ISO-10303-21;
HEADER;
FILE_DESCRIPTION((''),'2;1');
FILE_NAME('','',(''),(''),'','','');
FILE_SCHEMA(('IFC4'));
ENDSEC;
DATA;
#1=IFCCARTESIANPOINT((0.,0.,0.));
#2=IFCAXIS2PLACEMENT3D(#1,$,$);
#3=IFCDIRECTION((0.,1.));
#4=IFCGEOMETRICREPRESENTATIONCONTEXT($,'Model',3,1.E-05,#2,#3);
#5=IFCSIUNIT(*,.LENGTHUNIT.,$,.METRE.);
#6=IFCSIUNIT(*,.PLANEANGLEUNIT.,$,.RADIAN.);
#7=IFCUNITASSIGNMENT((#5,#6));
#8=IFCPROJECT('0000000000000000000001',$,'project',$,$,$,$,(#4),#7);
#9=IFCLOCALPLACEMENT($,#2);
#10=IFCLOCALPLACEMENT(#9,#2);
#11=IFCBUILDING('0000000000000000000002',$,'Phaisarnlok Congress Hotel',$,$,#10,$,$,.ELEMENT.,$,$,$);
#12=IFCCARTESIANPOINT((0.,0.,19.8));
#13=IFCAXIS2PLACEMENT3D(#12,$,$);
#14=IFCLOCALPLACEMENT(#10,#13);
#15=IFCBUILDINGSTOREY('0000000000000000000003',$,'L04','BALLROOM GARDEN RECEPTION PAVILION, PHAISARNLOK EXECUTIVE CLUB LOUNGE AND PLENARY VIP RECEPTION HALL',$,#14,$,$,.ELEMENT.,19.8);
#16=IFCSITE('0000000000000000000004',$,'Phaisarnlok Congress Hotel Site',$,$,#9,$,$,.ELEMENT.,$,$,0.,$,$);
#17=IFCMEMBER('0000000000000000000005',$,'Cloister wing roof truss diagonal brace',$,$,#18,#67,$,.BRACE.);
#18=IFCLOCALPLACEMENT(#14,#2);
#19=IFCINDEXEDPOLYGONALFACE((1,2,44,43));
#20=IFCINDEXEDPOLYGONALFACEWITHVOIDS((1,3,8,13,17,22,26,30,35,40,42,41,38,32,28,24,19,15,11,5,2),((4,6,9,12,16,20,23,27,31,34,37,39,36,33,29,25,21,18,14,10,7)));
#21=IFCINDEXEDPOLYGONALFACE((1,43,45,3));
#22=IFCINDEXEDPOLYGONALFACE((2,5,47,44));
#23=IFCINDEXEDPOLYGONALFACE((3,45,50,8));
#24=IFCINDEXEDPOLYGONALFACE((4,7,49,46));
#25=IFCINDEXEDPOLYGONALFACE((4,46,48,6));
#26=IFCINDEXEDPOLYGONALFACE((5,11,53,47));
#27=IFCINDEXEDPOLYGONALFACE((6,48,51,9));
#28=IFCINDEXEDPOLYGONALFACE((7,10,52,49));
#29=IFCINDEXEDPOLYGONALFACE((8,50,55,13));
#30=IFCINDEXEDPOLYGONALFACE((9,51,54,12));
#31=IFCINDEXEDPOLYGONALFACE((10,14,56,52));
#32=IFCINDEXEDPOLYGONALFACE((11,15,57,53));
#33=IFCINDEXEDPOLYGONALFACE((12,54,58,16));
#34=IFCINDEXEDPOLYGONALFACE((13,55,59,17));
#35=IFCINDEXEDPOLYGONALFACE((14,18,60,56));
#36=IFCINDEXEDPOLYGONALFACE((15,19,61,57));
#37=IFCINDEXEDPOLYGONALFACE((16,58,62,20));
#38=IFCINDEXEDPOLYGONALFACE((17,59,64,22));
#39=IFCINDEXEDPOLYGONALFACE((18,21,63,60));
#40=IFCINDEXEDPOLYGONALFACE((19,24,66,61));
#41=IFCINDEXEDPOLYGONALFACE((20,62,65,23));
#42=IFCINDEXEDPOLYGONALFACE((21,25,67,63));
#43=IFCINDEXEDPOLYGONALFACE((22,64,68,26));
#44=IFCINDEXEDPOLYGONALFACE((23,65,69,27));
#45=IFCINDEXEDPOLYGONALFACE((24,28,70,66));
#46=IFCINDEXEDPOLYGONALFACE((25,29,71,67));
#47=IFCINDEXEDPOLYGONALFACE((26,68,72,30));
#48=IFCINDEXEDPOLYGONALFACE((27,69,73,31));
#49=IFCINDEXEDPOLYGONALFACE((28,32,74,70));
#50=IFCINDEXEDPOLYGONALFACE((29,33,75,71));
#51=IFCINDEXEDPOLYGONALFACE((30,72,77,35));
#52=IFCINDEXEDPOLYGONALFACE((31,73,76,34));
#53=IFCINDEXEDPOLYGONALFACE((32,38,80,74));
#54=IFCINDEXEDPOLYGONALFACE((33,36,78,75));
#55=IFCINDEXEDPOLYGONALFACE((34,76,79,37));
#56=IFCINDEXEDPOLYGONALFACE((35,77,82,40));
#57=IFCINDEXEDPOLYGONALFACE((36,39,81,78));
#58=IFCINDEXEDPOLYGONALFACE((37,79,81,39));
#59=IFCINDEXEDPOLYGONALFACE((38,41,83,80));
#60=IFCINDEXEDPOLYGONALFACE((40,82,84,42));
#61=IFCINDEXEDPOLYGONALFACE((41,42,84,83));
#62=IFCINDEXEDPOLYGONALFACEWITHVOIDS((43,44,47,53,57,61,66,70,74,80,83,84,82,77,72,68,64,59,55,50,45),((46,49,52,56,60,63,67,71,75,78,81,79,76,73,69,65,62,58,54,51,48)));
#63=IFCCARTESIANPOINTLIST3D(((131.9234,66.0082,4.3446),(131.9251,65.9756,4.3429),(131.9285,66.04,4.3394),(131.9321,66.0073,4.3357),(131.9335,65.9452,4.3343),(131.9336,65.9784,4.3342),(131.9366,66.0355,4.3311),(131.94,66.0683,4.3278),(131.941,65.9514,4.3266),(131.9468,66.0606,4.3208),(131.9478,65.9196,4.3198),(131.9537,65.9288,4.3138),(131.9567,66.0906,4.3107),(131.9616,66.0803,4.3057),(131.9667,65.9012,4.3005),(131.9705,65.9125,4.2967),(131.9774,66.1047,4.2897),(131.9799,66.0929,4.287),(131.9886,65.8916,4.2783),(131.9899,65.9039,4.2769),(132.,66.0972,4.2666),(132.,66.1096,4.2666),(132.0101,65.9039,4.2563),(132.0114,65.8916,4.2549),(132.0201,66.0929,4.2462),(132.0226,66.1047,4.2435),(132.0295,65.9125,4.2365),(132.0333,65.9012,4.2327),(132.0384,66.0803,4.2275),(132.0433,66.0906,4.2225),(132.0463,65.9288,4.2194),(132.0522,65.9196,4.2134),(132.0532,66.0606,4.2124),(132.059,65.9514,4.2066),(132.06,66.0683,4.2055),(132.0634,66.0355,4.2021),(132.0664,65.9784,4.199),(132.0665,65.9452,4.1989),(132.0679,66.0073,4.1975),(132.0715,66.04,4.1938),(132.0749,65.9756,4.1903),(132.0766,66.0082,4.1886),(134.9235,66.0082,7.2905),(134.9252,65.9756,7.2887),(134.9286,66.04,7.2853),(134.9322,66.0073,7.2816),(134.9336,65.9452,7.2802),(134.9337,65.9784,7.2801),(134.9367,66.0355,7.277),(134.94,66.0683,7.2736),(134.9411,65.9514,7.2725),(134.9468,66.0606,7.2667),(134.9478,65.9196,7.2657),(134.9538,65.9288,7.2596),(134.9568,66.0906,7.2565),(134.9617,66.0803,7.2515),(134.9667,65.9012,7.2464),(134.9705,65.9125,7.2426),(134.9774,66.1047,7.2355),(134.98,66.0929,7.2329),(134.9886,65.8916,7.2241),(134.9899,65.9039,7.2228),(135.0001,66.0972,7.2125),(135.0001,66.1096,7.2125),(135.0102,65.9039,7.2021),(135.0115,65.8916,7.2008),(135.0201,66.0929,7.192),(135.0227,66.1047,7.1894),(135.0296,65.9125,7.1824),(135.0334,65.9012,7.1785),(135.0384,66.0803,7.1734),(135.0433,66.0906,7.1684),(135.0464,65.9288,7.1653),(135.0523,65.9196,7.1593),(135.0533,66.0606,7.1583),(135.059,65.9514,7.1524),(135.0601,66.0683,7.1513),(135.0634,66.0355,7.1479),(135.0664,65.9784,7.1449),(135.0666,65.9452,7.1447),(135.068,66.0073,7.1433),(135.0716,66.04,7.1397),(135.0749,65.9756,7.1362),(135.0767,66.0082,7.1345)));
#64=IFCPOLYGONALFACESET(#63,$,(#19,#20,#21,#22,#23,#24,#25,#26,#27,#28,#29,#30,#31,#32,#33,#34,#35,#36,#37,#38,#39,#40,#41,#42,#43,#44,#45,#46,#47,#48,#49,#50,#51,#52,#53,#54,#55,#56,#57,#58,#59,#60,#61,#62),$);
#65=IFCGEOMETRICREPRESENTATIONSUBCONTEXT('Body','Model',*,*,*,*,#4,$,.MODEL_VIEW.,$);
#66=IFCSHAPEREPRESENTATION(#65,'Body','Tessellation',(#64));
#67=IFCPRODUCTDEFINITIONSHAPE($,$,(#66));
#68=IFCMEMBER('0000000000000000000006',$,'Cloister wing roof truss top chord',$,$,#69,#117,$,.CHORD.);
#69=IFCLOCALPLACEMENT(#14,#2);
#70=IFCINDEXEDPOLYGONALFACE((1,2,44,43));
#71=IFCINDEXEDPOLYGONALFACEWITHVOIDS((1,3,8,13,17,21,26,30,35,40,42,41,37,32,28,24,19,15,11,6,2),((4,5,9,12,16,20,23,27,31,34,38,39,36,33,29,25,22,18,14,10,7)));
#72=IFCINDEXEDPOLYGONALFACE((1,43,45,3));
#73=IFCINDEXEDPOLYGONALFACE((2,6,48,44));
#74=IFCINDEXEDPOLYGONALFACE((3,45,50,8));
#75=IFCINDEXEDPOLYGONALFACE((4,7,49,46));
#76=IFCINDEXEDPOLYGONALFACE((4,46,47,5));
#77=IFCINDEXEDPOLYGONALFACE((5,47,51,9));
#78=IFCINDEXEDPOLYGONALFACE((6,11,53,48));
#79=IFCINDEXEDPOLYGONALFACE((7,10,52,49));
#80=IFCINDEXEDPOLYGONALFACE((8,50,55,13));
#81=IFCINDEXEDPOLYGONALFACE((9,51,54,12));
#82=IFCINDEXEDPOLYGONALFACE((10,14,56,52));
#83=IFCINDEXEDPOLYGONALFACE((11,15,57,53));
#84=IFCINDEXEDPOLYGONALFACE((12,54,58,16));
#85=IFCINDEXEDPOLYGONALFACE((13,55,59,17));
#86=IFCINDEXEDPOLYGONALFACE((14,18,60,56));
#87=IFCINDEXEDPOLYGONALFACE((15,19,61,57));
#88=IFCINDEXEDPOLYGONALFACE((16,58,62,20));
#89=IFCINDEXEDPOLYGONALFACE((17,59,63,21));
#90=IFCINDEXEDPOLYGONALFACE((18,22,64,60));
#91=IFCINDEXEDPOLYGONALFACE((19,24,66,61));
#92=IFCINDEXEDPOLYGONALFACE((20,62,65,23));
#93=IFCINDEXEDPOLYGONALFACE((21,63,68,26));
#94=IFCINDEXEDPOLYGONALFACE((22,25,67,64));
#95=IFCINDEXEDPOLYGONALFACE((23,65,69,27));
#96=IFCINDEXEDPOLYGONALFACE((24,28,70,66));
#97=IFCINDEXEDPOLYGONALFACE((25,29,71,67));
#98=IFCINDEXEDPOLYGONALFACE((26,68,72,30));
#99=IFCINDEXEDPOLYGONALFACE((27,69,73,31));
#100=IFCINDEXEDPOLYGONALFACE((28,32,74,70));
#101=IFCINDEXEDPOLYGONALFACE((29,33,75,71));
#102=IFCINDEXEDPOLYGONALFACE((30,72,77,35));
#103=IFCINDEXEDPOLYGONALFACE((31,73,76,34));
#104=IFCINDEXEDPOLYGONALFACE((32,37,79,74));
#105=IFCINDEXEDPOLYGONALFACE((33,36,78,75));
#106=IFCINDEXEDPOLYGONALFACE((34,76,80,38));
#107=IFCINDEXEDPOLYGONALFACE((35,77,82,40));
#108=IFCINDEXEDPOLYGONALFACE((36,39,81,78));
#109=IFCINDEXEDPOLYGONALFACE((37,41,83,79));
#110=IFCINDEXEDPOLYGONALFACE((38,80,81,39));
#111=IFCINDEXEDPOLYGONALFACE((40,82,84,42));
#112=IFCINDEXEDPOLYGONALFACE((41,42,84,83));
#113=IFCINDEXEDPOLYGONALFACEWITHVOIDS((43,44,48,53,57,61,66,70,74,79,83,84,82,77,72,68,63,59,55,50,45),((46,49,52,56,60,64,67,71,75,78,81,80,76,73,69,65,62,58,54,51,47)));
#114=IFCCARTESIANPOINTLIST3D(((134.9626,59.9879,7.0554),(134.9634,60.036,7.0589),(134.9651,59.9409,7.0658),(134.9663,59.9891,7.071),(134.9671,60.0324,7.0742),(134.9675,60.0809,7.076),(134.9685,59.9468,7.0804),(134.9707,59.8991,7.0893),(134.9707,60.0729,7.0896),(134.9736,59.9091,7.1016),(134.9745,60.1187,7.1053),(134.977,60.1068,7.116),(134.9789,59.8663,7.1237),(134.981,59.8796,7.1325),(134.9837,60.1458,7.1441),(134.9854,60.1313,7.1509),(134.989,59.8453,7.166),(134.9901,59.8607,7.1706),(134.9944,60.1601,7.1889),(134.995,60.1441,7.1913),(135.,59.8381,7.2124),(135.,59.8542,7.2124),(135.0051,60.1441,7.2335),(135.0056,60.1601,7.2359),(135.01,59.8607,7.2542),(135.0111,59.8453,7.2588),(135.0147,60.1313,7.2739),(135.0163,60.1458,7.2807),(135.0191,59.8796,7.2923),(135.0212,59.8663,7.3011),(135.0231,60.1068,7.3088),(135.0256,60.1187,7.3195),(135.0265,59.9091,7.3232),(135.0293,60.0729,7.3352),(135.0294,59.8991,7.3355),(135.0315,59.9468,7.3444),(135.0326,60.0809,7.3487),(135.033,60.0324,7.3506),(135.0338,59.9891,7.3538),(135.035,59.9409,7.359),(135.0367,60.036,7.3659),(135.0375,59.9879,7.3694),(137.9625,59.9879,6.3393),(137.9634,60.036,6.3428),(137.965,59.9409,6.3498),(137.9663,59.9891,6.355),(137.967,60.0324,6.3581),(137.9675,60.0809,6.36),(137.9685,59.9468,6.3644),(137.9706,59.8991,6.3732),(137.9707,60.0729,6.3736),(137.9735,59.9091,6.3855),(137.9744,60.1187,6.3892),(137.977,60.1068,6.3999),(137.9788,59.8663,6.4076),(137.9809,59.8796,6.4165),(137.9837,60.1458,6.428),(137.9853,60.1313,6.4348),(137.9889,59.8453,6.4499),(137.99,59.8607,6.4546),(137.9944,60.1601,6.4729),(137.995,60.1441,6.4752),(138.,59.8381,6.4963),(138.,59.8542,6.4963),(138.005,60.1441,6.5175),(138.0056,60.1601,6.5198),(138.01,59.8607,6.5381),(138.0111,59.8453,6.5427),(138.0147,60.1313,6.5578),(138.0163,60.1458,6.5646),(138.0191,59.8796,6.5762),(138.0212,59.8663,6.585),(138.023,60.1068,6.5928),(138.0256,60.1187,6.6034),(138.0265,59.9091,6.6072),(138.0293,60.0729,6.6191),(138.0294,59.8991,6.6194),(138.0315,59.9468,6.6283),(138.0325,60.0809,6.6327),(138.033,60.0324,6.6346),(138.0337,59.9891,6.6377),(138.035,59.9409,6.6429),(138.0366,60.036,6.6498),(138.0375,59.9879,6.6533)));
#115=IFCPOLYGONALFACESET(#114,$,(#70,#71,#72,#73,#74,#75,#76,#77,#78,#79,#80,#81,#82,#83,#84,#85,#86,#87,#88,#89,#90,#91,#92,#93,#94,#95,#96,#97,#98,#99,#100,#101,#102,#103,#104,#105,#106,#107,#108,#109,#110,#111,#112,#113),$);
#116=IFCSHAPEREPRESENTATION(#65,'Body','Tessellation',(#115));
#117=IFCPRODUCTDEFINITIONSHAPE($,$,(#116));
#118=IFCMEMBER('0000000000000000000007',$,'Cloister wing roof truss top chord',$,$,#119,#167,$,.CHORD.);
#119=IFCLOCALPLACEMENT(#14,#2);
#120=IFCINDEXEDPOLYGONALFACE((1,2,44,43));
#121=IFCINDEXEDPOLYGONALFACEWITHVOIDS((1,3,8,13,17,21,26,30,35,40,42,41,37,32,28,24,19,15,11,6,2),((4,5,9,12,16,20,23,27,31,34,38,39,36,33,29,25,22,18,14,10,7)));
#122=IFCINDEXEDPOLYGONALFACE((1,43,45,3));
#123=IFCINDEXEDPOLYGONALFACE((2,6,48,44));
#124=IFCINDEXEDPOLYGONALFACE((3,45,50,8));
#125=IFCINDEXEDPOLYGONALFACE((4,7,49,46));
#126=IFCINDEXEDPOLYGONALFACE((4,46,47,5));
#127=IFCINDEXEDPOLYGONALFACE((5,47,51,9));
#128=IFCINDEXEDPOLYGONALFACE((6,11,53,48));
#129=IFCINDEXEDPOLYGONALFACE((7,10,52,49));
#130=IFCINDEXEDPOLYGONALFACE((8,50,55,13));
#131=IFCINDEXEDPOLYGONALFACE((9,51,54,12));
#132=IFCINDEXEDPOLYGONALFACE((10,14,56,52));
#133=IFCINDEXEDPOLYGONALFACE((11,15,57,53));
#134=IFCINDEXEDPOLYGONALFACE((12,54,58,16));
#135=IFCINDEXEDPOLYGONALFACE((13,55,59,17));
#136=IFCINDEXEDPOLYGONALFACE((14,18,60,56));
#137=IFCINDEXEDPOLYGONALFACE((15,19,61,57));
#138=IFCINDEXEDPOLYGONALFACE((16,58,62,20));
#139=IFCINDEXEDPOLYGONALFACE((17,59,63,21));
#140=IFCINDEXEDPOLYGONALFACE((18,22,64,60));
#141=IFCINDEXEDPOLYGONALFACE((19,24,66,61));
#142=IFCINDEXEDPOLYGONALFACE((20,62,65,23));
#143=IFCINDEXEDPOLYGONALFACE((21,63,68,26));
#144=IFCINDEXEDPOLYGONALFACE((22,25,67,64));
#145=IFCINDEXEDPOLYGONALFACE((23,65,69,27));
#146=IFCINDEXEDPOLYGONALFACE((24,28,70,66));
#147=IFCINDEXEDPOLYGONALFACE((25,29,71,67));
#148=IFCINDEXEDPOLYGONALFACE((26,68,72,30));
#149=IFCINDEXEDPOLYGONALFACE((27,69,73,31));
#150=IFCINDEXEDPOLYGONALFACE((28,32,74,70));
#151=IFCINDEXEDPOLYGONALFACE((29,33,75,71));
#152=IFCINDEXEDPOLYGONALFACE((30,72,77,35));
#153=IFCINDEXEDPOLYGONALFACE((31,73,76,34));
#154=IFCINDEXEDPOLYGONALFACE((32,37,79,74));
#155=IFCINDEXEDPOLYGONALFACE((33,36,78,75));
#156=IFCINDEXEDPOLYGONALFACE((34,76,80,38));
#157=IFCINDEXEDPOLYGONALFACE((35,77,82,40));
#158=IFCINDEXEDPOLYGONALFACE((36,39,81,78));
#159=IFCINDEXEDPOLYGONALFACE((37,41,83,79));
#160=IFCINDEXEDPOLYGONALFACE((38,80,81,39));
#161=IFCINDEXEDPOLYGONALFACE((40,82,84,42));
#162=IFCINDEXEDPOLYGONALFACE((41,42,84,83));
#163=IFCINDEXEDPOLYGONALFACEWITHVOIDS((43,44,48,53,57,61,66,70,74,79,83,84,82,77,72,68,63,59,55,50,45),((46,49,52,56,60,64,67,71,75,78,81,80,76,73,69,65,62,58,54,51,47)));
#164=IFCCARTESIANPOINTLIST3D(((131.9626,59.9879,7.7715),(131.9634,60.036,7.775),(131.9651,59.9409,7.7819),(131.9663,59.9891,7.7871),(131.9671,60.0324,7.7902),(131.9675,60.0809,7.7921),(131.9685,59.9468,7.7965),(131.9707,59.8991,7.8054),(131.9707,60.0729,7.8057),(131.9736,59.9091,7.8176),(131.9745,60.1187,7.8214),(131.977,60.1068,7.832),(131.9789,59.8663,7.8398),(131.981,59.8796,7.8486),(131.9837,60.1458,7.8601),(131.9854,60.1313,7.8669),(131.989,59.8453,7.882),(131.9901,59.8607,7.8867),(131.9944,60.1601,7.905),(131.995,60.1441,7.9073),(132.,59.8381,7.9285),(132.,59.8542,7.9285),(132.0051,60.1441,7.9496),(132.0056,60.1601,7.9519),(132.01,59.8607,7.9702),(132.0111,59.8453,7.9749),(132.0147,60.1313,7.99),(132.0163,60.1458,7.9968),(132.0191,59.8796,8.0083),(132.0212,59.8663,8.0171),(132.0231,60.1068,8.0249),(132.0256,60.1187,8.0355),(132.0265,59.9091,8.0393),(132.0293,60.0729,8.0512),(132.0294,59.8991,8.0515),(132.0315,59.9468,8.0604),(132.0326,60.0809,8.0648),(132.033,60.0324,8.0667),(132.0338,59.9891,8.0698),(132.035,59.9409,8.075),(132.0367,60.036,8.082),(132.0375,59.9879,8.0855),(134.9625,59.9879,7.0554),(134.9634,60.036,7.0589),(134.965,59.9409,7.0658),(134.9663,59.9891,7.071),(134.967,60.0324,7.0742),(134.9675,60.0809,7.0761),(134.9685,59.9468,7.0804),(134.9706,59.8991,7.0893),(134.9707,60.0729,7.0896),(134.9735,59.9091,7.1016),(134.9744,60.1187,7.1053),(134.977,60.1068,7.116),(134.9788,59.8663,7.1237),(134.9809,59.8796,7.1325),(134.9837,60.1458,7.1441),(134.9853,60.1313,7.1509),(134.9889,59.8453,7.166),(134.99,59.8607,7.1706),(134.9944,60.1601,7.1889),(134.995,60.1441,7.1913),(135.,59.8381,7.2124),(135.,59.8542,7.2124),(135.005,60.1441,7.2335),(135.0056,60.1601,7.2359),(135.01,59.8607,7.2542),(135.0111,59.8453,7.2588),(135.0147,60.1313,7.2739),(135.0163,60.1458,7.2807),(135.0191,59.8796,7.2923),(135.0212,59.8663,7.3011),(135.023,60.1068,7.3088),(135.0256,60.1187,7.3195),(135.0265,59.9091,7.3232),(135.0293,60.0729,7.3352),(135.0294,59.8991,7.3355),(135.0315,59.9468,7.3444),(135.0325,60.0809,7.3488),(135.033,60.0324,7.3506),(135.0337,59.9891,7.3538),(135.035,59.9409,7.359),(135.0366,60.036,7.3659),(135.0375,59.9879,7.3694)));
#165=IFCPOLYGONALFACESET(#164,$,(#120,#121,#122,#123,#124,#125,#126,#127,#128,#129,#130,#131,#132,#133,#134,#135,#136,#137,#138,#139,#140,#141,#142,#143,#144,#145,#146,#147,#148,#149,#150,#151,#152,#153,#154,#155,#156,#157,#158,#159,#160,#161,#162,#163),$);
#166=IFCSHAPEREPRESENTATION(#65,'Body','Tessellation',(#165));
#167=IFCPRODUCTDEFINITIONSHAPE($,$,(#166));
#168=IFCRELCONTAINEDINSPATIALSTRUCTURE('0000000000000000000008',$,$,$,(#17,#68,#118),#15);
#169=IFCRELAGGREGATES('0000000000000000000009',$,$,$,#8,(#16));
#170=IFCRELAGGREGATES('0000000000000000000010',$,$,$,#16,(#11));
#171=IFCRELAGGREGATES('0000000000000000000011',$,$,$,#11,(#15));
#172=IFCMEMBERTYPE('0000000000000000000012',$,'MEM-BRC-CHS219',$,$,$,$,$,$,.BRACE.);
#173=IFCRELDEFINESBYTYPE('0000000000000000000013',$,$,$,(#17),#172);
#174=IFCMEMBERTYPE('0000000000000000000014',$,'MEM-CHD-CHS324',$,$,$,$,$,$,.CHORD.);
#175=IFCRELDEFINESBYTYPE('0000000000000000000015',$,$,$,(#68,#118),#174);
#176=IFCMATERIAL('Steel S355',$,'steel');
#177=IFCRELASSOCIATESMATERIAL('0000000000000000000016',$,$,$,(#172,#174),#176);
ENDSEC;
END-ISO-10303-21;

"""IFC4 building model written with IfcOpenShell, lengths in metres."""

from ifc_helpers import new_model, si_unit, direction, frame, origin, origin_2d, place, context, subcontext, project, spatial, hollow_circle, extrude, material, material_profile, profile_set, type_object, element, save


model = new_model("IFC4")

# Units and contexts
model_context = context("Model", 3, precision=1e-05, world=origin(), true_north=direction((0.0, 1.0)))
body_context = subcontext(model_context, "Body", "Model", "MODEL_VIEW")
ifc_project = project(units=[si_unit("LENGTHUNIT", "METRE"), si_unit("PLANEANGLEUNIT", "RADIAN")], contexts=[model_context])

# Site, building, storey
site_placement = place(None, origin())
site = spatial("IfcSite", under=ifc_project, at=site_placement, Name="Phaisarnlok Congress Hotel Site", CompositionType="ELEMENT", RefElevation=0.0)
building_placement = place(site_placement, origin())
building = spatial("IfcBuilding", under=site, at=building_placement, Name="Phaisarnlok Congress Hotel", CompositionType="ELEMENT")
storey_placement = place(building_placement, frame((0.0, 0.0, 19.8)))
storey = spatial("IfcBuildingStorey", under=building, at=storey_placement, Name="L04", Description="BALLROOM GARDEN RECEPTION PAVILION, PHAISARNLOK EXECUTIVE CLUB LOUNGE AND PLENARY VIP RECEPTION HALL", CompositionType="ELEMENT", Elevation=19.8)

# Shared definitions
ifc_material_1 = material(Name="Steel S355", Category="steel")

# Members
ifc_material_profile_1 = material_profile(ifc_material_1, hollow_circle(Radius=0.1096, WallThickness=0.0125, at=origin_2d()), Name="CHS 219.1x12.5")
ifc_profile_set_1 = profile_set([ifc_material_profile_1], Name="Steel S355")
member_type_1 = type_object("IfcMemberType", Name="MEM-BRC-CHS219", PredefinedType="BRACE", material=ifc_profile_set_1)
member_1_placement = place(storey_placement, frame((132.0, 66.0, 4.2666), z_axis=(0.713523, 0.0, 0.700632), x_axis=(0.0, 1.0, 0.0)))
element("IfcMember", 1, at=member_1_placement, inside=storey, type_object=member_type_1, Name="Cloister wing roof truss diagonal brace", PredefinedType="BRACE", context=body_context, shape_type="SweptSolid", body=[
    extrude(hollow_circle(Radius=0.1096, WallThickness=0.0125, at=origin_2d()), origin(), (0.0, 0.0, 1.0), 4.2046),
])
ifc_material_profile_2 = material_profile(ifc_material_1, hollow_circle(Radius=0.1619, WallThickness=0.0161, at=origin_2d()), Name="CHS 323.9x16")
ifc_profile_set_2 = profile_set([ifc_material_profile_2], Name="Steel S355")
member_type_2 = type_object("IfcMemberType", Name="MEM-CHD-CHS324", PredefinedType="CHORD", material=ifc_profile_set_2)
for number, where, z_axis, x_axis, name in (
    (2, (138.0, 60.0, 6.4963), (-0.972676, 0.0, 0.232166), (0.0, -1.0, 0.0), "Cloister wing roof truss top chord"),
    (3, (135.0, 60.0, 7.2124), (-0.972676, 0.0, 0.232166), (0.0, -1.0, 0.0), "Cloister wing roof truss top chord"),
):
    element("IfcMember", number, at=place(storey_placement, frame(where, z_axis=z_axis, x_axis=x_axis)), inside=storey, type_object=member_type_2, Name=name, PredefinedType="CHORD", context=body_context, shape_type="SweptSolid", body=[
        extrude(hollow_circle(Radius=0.1619, WallThickness=0.0161, at=origin_2d()), origin(), (0.0, 0.0, 1.0), 3.0842),
    ])

save(model, "model.ifc")
